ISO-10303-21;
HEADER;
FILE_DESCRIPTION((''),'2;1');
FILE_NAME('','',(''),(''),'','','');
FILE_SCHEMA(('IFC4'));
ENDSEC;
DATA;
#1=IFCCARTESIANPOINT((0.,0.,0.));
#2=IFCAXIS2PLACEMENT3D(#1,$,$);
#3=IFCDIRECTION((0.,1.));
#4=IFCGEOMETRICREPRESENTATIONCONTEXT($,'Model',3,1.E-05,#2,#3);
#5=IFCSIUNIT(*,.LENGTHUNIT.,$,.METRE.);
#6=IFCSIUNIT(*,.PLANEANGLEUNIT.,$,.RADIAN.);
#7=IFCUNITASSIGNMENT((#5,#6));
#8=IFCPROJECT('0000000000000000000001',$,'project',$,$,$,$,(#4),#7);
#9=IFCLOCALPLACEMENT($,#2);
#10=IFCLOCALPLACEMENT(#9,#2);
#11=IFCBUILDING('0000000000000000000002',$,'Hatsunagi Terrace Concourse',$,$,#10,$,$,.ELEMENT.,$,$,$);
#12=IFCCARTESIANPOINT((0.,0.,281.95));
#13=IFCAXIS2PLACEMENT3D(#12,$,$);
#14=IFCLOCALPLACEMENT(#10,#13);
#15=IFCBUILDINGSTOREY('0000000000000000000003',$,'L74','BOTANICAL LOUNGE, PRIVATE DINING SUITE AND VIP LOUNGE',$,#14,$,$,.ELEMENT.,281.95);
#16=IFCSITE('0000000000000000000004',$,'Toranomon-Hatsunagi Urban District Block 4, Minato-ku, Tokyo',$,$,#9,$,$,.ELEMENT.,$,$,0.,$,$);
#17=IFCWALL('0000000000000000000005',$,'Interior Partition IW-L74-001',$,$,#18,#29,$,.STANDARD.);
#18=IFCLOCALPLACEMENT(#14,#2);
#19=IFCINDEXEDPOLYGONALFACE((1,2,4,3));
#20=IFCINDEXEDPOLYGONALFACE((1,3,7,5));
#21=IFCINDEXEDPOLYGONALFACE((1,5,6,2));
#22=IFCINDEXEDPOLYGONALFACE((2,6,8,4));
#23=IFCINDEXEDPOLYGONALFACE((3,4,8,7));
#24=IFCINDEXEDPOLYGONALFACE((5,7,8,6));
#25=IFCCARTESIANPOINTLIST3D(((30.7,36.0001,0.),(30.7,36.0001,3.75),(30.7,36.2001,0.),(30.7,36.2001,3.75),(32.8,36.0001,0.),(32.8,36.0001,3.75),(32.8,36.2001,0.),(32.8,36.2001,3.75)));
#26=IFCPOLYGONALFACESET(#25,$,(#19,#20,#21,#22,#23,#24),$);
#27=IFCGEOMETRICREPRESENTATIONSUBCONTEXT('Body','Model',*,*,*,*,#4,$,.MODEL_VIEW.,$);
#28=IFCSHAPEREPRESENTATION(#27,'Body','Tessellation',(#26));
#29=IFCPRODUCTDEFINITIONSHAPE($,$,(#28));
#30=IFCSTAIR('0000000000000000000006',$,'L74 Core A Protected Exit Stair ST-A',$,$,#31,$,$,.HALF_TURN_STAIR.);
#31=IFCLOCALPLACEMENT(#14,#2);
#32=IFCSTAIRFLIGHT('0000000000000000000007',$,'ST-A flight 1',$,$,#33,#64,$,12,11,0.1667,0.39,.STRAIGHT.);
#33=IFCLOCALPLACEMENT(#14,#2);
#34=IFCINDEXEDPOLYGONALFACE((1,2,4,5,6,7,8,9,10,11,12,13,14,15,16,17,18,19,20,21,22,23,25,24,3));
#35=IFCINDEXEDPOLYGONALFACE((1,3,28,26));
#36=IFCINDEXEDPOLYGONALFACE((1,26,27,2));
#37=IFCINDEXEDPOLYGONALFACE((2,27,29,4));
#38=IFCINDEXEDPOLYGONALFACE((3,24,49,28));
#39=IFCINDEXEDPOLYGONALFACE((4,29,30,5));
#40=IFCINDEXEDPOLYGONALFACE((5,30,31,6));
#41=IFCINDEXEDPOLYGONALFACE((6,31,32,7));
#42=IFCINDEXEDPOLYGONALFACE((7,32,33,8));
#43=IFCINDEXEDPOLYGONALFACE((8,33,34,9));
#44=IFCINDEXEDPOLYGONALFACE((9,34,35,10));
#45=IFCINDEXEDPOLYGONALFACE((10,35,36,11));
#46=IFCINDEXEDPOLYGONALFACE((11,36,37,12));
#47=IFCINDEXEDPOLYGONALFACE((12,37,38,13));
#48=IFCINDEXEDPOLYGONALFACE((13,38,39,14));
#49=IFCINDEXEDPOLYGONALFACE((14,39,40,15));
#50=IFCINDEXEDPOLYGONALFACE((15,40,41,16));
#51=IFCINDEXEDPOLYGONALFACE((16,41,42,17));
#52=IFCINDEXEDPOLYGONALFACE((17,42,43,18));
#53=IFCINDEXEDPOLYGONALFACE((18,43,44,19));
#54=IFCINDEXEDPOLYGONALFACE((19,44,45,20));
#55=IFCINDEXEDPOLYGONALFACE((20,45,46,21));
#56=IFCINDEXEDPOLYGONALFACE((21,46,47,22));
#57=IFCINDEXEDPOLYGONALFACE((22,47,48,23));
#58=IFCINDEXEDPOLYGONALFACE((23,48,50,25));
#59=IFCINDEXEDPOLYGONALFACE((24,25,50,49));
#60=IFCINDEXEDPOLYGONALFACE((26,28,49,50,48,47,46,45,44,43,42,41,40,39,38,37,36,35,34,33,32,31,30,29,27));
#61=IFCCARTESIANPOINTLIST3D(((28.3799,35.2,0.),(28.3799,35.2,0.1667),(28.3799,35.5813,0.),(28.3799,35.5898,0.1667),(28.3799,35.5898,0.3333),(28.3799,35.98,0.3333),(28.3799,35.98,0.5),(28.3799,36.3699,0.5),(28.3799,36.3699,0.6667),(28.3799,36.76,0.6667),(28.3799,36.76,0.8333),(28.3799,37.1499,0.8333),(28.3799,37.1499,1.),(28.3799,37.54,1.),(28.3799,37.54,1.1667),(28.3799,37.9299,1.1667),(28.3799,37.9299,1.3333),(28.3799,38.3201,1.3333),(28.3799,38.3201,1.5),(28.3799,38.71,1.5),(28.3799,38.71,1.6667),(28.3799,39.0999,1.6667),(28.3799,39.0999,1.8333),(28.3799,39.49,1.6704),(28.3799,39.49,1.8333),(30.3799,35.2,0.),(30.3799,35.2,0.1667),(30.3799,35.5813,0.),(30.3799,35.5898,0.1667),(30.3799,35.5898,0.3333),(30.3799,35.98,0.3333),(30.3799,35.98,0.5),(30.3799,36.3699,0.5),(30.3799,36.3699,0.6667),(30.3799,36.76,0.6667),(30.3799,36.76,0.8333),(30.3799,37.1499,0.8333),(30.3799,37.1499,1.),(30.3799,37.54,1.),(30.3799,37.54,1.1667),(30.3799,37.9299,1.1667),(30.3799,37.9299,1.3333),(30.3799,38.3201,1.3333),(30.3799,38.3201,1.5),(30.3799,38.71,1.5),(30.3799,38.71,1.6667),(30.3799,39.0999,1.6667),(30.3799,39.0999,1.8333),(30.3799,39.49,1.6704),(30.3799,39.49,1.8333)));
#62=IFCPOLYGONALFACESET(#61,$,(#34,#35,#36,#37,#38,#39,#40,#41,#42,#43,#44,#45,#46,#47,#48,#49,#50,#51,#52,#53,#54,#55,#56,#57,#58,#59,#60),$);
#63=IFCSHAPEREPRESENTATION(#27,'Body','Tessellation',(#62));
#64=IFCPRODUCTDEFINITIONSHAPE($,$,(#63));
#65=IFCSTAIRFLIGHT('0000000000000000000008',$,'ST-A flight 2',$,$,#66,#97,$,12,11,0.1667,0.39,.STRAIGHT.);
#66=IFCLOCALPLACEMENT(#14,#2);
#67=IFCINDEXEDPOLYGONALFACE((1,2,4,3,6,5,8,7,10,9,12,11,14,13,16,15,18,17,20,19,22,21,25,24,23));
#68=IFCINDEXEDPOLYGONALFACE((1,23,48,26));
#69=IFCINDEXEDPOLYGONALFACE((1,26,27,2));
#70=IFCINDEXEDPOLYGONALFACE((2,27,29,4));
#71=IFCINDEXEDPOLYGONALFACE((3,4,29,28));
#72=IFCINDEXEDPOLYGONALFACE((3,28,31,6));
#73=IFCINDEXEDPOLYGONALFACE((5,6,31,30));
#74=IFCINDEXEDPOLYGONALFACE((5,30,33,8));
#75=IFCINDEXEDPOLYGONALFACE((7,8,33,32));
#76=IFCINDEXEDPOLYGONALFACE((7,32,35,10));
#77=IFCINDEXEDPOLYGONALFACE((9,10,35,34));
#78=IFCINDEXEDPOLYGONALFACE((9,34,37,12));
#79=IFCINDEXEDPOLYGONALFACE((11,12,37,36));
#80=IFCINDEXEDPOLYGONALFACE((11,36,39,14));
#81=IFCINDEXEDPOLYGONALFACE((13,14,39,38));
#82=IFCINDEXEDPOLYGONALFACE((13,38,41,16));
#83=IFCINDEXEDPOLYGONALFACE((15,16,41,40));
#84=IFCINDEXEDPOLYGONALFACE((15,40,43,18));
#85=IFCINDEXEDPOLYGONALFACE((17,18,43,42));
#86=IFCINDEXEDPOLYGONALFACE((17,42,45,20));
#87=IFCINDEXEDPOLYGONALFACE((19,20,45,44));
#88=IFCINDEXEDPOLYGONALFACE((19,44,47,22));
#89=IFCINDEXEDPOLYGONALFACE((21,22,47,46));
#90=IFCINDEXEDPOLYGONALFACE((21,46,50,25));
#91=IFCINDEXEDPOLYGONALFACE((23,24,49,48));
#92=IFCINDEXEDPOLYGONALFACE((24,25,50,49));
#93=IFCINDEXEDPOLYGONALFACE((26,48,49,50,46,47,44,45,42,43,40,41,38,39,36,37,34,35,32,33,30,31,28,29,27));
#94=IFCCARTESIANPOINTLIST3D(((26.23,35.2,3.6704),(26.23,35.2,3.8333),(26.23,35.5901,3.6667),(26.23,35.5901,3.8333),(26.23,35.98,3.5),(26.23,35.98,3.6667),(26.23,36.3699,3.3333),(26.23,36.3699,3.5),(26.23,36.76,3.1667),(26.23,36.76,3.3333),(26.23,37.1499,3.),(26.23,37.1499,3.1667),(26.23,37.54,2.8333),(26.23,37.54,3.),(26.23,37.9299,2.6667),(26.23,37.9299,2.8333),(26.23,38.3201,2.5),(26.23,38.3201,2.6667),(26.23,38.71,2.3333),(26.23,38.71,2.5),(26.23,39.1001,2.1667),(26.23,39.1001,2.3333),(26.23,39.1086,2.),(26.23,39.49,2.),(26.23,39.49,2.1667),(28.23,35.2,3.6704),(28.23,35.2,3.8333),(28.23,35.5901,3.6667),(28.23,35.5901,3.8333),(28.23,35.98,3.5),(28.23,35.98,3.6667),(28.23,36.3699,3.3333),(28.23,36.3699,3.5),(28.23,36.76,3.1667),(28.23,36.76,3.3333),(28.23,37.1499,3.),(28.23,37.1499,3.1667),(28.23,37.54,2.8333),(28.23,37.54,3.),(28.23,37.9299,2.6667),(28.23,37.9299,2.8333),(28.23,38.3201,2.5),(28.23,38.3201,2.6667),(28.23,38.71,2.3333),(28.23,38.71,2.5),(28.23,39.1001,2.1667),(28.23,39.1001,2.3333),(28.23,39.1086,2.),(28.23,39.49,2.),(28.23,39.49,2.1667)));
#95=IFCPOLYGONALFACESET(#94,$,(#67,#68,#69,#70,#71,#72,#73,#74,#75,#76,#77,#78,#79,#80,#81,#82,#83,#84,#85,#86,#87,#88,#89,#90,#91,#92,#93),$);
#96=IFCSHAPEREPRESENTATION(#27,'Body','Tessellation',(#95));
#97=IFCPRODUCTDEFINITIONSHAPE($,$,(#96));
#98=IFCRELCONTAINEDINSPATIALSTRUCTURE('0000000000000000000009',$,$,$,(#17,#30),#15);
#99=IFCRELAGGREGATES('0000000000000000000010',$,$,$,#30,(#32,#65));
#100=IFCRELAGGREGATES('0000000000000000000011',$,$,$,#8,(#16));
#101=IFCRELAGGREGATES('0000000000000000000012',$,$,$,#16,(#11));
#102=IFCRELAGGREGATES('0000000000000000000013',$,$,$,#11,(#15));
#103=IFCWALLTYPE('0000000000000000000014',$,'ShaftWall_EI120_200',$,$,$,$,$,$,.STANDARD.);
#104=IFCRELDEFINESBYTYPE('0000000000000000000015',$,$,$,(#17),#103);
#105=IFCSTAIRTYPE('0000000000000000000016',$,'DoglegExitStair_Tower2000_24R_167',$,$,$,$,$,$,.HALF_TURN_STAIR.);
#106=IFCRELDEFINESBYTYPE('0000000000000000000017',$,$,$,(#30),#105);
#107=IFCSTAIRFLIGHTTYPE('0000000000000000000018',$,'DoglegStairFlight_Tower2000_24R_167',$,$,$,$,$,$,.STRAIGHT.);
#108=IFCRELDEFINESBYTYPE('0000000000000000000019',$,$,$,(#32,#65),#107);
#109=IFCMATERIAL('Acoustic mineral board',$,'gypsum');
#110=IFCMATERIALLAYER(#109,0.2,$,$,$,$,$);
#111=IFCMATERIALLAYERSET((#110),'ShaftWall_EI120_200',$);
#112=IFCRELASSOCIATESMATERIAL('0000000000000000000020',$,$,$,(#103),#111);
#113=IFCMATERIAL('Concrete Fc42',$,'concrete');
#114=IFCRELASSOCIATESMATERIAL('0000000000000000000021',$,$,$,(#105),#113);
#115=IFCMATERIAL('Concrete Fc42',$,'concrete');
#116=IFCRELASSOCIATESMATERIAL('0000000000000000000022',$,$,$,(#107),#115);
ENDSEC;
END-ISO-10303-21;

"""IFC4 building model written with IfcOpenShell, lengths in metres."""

from ifc_helpers import new_model, si_unit, direction, frame, frame_2d, origin, place, context, subcontext, project, spatial, polyline, rectangle, outline, extrude, material, layer, layer_set, type_object, element, aggregate, save


model = new_model("IFC4")

# Units and contexts
model_context = context("Model", 3, precision=1e-05, world=origin(), true_north=direction((0.0, 1.0)))
body_context = subcontext(model_context, "Body", "Model", "MODEL_VIEW")
ifc_project = project(units=[si_unit("LENGTHUNIT", "METRE"), si_unit("PLANEANGLEUNIT", "RADIAN")], contexts=[model_context])

# Site, building, storey
site_placement = place(None, origin())
site = spatial("IfcSite", under=ifc_project, at=site_placement, Name="Toranomon-Hatsunagi Urban District Block 4, Minato-ku, Tokyo", CompositionType="ELEMENT", RefElevation=0.0)
building_placement = place(site_placement, origin())
building = spatial("IfcBuilding", under=site, at=building_placement, Name="Hatsunagi Terrace Concourse", CompositionType="ELEMENT")
storey_placement = place(building_placement, frame((0.0, 0.0, 281.95)))
storey = spatial("IfcBuildingStorey", under=building, at=storey_placement, Name="L74", Description="BOTANICAL LOUNGE, PRIVATE DINING SUITE AND VIP LOUNGE", CompositionType="ELEMENT", Elevation=281.95)

# Wall
ifc_material_1 = material(Name="Acoustic mineral board", Category="gypsum")
ifc_layer_1 = layer(ifc_material_1, 0.2)
ifc_layer_set_1 = layer_set([ifc_layer_1], Name="ShaftWall_EI120_200")
wall_type_1 = type_object("IfcWallType", Name="ShaftWall_EI120_200", PredefinedType="STANDARD", material=ifc_layer_set_1)
wall_1_placement = place(storey_placement, frame((30.7, 36.1001, 0.0), z_axis=(0.0, 0.0, 1.0), x_axis=(1.0, 0.0, 0.0)))
element("IfcWall", 1, at=wall_1_placement, inside=storey, type_object=wall_type_1, Name="Interior Partition IW-L74-001", PredefinedType="STANDARD", context=body_context, shape_type="SweptSolid", body=[
    extrude(rectangle(XDim=2.1001, YDim=0.2, at=frame_2d((1.05, 0.0))), origin(), (0.0, 0.0, 1.0), 3.75),
])

# Stair, stair flights
ifc_material_2 = material(Name="Concrete Fc42", Category="concrete")
stair_type = type_object("IfcStairType", Name="DoglegExitStair_Tower2000_24R_167", PredefinedType="HALF_TURN_STAIR", material=ifc_material_2)
stair_placement = place(storey_placement, origin())
stair = element("IfcStair", 2, at=stair_placement, inside=storey, type_object=stair_type, Name="L74 Core A Protected Exit Stair ST-A", PredefinedType="HALF_TURN_STAIR")
ifc_material_3 = material(Name="Concrete Fc42", Category="concrete")
stair_flight_type = type_object("IfcStairFlightType", Name="DoglegStairFlight_Tower2000_24R_167", PredefinedType="STRAIGHT", material=ifc_material_3)
stair_flight_1_placement = place(storey_placement, frame((29.3799, 35.2, 0.0), z_axis=(0.0, 0.0, 1.0), x_axis=(0.0, 1.0, 0.0)))
stair_flight_1 = element("IfcStairFlight", 3, at=stair_flight_1_placement, type_object=stair_flight_type, Name="ST-A flight 1", NumberOfRisers=12, NumberOfTreads=11, PredefinedType="STRAIGHT", RiserHeight=0.1667, TreadLength=0.39, context=body_context, shape_type="SweptSolid", body=[
    extrude(outline(polyline([(0.0, 0.0), (0.0, 0.1667), (0.3899, 0.1667), (0.3899, 0.3333), (0.78, 0.3333), (0.78, 0.5), (1.1699, 0.5), (1.1699, 0.6667), (1.5601, 0.6667), (1.5601, 0.8333), (1.95, 0.8333), (1.95, 1.0), (2.3401, 1.0), (2.3401, 1.1667), (2.73, 1.1667), (2.73, 1.3333), (3.1201, 1.3333), (3.1201, 1.5), (3.51, 1.5), (3.51, 1.6667), (3.8999, 1.6667), (3.8999, 1.8333), (4.29, 1.8333), (4.29, 2.0), (4.29, 1.6704), (0.3813, 0.0), (0.0, 0.0)])), frame((0.0, 1.0, 0.0), z_axis=(0.0, -1.0, 0.0), x_axis=(1.0, 0.0, 0.0)), (0.0, 0.0, 1.0), 2.0),
])
stair_flight_2_placement = place(storey_placement, frame((27.23, 39.49, 2.0), z_axis=(0.0, 0.0, 1.0), x_axis=(0.0, -1.0, 0.0)))
stair_flight_2 = element("IfcStairFlight", 4, at=stair_flight_2_placement, type_object=stair_flight_type, Name="ST-A flight 2", NumberOfRisers=12, NumberOfTreads=11, PredefinedType="STRAIGHT", RiserHeight=0.1667, TreadLength=0.39, context=body_context, shape_type="SweptSolid", body=[
    extrude(outline(polyline([(0.0, 0.0), (0.0, 0.1667), (0.3899, 0.1667), (0.3899, 0.3333), (0.78, 0.3333), (0.78, 0.5), (1.1699, 0.5), (1.1699, 0.6667), (1.5601, 0.6667), (1.5601, 0.8333), (1.95, 0.8333), (1.95, 1.0), (2.3401, 1.0), (2.3401, 1.1667), (2.73, 1.1667), (2.73, 1.3333), (3.1201, 1.3333), (3.1201, 1.5), (3.51, 1.5), (3.51, 1.6667), (3.8999, 1.6667), (3.8999, 1.8333), (4.29, 1.8333), (4.29, 2.0), (4.29, 1.6704), (0.3813, 0.0), (0.0, 0.0)])), frame((0.0, 1.0, 0.0), z_axis=(0.0, -1.0, 0.0), x_axis=(1.0, 0.0, 0.0)), (0.0, 0.0, 1.0), 2.0),
])
aggregate(stair, [stair_flight_1, stair_flight_2])

save(model, "model.ifc")
